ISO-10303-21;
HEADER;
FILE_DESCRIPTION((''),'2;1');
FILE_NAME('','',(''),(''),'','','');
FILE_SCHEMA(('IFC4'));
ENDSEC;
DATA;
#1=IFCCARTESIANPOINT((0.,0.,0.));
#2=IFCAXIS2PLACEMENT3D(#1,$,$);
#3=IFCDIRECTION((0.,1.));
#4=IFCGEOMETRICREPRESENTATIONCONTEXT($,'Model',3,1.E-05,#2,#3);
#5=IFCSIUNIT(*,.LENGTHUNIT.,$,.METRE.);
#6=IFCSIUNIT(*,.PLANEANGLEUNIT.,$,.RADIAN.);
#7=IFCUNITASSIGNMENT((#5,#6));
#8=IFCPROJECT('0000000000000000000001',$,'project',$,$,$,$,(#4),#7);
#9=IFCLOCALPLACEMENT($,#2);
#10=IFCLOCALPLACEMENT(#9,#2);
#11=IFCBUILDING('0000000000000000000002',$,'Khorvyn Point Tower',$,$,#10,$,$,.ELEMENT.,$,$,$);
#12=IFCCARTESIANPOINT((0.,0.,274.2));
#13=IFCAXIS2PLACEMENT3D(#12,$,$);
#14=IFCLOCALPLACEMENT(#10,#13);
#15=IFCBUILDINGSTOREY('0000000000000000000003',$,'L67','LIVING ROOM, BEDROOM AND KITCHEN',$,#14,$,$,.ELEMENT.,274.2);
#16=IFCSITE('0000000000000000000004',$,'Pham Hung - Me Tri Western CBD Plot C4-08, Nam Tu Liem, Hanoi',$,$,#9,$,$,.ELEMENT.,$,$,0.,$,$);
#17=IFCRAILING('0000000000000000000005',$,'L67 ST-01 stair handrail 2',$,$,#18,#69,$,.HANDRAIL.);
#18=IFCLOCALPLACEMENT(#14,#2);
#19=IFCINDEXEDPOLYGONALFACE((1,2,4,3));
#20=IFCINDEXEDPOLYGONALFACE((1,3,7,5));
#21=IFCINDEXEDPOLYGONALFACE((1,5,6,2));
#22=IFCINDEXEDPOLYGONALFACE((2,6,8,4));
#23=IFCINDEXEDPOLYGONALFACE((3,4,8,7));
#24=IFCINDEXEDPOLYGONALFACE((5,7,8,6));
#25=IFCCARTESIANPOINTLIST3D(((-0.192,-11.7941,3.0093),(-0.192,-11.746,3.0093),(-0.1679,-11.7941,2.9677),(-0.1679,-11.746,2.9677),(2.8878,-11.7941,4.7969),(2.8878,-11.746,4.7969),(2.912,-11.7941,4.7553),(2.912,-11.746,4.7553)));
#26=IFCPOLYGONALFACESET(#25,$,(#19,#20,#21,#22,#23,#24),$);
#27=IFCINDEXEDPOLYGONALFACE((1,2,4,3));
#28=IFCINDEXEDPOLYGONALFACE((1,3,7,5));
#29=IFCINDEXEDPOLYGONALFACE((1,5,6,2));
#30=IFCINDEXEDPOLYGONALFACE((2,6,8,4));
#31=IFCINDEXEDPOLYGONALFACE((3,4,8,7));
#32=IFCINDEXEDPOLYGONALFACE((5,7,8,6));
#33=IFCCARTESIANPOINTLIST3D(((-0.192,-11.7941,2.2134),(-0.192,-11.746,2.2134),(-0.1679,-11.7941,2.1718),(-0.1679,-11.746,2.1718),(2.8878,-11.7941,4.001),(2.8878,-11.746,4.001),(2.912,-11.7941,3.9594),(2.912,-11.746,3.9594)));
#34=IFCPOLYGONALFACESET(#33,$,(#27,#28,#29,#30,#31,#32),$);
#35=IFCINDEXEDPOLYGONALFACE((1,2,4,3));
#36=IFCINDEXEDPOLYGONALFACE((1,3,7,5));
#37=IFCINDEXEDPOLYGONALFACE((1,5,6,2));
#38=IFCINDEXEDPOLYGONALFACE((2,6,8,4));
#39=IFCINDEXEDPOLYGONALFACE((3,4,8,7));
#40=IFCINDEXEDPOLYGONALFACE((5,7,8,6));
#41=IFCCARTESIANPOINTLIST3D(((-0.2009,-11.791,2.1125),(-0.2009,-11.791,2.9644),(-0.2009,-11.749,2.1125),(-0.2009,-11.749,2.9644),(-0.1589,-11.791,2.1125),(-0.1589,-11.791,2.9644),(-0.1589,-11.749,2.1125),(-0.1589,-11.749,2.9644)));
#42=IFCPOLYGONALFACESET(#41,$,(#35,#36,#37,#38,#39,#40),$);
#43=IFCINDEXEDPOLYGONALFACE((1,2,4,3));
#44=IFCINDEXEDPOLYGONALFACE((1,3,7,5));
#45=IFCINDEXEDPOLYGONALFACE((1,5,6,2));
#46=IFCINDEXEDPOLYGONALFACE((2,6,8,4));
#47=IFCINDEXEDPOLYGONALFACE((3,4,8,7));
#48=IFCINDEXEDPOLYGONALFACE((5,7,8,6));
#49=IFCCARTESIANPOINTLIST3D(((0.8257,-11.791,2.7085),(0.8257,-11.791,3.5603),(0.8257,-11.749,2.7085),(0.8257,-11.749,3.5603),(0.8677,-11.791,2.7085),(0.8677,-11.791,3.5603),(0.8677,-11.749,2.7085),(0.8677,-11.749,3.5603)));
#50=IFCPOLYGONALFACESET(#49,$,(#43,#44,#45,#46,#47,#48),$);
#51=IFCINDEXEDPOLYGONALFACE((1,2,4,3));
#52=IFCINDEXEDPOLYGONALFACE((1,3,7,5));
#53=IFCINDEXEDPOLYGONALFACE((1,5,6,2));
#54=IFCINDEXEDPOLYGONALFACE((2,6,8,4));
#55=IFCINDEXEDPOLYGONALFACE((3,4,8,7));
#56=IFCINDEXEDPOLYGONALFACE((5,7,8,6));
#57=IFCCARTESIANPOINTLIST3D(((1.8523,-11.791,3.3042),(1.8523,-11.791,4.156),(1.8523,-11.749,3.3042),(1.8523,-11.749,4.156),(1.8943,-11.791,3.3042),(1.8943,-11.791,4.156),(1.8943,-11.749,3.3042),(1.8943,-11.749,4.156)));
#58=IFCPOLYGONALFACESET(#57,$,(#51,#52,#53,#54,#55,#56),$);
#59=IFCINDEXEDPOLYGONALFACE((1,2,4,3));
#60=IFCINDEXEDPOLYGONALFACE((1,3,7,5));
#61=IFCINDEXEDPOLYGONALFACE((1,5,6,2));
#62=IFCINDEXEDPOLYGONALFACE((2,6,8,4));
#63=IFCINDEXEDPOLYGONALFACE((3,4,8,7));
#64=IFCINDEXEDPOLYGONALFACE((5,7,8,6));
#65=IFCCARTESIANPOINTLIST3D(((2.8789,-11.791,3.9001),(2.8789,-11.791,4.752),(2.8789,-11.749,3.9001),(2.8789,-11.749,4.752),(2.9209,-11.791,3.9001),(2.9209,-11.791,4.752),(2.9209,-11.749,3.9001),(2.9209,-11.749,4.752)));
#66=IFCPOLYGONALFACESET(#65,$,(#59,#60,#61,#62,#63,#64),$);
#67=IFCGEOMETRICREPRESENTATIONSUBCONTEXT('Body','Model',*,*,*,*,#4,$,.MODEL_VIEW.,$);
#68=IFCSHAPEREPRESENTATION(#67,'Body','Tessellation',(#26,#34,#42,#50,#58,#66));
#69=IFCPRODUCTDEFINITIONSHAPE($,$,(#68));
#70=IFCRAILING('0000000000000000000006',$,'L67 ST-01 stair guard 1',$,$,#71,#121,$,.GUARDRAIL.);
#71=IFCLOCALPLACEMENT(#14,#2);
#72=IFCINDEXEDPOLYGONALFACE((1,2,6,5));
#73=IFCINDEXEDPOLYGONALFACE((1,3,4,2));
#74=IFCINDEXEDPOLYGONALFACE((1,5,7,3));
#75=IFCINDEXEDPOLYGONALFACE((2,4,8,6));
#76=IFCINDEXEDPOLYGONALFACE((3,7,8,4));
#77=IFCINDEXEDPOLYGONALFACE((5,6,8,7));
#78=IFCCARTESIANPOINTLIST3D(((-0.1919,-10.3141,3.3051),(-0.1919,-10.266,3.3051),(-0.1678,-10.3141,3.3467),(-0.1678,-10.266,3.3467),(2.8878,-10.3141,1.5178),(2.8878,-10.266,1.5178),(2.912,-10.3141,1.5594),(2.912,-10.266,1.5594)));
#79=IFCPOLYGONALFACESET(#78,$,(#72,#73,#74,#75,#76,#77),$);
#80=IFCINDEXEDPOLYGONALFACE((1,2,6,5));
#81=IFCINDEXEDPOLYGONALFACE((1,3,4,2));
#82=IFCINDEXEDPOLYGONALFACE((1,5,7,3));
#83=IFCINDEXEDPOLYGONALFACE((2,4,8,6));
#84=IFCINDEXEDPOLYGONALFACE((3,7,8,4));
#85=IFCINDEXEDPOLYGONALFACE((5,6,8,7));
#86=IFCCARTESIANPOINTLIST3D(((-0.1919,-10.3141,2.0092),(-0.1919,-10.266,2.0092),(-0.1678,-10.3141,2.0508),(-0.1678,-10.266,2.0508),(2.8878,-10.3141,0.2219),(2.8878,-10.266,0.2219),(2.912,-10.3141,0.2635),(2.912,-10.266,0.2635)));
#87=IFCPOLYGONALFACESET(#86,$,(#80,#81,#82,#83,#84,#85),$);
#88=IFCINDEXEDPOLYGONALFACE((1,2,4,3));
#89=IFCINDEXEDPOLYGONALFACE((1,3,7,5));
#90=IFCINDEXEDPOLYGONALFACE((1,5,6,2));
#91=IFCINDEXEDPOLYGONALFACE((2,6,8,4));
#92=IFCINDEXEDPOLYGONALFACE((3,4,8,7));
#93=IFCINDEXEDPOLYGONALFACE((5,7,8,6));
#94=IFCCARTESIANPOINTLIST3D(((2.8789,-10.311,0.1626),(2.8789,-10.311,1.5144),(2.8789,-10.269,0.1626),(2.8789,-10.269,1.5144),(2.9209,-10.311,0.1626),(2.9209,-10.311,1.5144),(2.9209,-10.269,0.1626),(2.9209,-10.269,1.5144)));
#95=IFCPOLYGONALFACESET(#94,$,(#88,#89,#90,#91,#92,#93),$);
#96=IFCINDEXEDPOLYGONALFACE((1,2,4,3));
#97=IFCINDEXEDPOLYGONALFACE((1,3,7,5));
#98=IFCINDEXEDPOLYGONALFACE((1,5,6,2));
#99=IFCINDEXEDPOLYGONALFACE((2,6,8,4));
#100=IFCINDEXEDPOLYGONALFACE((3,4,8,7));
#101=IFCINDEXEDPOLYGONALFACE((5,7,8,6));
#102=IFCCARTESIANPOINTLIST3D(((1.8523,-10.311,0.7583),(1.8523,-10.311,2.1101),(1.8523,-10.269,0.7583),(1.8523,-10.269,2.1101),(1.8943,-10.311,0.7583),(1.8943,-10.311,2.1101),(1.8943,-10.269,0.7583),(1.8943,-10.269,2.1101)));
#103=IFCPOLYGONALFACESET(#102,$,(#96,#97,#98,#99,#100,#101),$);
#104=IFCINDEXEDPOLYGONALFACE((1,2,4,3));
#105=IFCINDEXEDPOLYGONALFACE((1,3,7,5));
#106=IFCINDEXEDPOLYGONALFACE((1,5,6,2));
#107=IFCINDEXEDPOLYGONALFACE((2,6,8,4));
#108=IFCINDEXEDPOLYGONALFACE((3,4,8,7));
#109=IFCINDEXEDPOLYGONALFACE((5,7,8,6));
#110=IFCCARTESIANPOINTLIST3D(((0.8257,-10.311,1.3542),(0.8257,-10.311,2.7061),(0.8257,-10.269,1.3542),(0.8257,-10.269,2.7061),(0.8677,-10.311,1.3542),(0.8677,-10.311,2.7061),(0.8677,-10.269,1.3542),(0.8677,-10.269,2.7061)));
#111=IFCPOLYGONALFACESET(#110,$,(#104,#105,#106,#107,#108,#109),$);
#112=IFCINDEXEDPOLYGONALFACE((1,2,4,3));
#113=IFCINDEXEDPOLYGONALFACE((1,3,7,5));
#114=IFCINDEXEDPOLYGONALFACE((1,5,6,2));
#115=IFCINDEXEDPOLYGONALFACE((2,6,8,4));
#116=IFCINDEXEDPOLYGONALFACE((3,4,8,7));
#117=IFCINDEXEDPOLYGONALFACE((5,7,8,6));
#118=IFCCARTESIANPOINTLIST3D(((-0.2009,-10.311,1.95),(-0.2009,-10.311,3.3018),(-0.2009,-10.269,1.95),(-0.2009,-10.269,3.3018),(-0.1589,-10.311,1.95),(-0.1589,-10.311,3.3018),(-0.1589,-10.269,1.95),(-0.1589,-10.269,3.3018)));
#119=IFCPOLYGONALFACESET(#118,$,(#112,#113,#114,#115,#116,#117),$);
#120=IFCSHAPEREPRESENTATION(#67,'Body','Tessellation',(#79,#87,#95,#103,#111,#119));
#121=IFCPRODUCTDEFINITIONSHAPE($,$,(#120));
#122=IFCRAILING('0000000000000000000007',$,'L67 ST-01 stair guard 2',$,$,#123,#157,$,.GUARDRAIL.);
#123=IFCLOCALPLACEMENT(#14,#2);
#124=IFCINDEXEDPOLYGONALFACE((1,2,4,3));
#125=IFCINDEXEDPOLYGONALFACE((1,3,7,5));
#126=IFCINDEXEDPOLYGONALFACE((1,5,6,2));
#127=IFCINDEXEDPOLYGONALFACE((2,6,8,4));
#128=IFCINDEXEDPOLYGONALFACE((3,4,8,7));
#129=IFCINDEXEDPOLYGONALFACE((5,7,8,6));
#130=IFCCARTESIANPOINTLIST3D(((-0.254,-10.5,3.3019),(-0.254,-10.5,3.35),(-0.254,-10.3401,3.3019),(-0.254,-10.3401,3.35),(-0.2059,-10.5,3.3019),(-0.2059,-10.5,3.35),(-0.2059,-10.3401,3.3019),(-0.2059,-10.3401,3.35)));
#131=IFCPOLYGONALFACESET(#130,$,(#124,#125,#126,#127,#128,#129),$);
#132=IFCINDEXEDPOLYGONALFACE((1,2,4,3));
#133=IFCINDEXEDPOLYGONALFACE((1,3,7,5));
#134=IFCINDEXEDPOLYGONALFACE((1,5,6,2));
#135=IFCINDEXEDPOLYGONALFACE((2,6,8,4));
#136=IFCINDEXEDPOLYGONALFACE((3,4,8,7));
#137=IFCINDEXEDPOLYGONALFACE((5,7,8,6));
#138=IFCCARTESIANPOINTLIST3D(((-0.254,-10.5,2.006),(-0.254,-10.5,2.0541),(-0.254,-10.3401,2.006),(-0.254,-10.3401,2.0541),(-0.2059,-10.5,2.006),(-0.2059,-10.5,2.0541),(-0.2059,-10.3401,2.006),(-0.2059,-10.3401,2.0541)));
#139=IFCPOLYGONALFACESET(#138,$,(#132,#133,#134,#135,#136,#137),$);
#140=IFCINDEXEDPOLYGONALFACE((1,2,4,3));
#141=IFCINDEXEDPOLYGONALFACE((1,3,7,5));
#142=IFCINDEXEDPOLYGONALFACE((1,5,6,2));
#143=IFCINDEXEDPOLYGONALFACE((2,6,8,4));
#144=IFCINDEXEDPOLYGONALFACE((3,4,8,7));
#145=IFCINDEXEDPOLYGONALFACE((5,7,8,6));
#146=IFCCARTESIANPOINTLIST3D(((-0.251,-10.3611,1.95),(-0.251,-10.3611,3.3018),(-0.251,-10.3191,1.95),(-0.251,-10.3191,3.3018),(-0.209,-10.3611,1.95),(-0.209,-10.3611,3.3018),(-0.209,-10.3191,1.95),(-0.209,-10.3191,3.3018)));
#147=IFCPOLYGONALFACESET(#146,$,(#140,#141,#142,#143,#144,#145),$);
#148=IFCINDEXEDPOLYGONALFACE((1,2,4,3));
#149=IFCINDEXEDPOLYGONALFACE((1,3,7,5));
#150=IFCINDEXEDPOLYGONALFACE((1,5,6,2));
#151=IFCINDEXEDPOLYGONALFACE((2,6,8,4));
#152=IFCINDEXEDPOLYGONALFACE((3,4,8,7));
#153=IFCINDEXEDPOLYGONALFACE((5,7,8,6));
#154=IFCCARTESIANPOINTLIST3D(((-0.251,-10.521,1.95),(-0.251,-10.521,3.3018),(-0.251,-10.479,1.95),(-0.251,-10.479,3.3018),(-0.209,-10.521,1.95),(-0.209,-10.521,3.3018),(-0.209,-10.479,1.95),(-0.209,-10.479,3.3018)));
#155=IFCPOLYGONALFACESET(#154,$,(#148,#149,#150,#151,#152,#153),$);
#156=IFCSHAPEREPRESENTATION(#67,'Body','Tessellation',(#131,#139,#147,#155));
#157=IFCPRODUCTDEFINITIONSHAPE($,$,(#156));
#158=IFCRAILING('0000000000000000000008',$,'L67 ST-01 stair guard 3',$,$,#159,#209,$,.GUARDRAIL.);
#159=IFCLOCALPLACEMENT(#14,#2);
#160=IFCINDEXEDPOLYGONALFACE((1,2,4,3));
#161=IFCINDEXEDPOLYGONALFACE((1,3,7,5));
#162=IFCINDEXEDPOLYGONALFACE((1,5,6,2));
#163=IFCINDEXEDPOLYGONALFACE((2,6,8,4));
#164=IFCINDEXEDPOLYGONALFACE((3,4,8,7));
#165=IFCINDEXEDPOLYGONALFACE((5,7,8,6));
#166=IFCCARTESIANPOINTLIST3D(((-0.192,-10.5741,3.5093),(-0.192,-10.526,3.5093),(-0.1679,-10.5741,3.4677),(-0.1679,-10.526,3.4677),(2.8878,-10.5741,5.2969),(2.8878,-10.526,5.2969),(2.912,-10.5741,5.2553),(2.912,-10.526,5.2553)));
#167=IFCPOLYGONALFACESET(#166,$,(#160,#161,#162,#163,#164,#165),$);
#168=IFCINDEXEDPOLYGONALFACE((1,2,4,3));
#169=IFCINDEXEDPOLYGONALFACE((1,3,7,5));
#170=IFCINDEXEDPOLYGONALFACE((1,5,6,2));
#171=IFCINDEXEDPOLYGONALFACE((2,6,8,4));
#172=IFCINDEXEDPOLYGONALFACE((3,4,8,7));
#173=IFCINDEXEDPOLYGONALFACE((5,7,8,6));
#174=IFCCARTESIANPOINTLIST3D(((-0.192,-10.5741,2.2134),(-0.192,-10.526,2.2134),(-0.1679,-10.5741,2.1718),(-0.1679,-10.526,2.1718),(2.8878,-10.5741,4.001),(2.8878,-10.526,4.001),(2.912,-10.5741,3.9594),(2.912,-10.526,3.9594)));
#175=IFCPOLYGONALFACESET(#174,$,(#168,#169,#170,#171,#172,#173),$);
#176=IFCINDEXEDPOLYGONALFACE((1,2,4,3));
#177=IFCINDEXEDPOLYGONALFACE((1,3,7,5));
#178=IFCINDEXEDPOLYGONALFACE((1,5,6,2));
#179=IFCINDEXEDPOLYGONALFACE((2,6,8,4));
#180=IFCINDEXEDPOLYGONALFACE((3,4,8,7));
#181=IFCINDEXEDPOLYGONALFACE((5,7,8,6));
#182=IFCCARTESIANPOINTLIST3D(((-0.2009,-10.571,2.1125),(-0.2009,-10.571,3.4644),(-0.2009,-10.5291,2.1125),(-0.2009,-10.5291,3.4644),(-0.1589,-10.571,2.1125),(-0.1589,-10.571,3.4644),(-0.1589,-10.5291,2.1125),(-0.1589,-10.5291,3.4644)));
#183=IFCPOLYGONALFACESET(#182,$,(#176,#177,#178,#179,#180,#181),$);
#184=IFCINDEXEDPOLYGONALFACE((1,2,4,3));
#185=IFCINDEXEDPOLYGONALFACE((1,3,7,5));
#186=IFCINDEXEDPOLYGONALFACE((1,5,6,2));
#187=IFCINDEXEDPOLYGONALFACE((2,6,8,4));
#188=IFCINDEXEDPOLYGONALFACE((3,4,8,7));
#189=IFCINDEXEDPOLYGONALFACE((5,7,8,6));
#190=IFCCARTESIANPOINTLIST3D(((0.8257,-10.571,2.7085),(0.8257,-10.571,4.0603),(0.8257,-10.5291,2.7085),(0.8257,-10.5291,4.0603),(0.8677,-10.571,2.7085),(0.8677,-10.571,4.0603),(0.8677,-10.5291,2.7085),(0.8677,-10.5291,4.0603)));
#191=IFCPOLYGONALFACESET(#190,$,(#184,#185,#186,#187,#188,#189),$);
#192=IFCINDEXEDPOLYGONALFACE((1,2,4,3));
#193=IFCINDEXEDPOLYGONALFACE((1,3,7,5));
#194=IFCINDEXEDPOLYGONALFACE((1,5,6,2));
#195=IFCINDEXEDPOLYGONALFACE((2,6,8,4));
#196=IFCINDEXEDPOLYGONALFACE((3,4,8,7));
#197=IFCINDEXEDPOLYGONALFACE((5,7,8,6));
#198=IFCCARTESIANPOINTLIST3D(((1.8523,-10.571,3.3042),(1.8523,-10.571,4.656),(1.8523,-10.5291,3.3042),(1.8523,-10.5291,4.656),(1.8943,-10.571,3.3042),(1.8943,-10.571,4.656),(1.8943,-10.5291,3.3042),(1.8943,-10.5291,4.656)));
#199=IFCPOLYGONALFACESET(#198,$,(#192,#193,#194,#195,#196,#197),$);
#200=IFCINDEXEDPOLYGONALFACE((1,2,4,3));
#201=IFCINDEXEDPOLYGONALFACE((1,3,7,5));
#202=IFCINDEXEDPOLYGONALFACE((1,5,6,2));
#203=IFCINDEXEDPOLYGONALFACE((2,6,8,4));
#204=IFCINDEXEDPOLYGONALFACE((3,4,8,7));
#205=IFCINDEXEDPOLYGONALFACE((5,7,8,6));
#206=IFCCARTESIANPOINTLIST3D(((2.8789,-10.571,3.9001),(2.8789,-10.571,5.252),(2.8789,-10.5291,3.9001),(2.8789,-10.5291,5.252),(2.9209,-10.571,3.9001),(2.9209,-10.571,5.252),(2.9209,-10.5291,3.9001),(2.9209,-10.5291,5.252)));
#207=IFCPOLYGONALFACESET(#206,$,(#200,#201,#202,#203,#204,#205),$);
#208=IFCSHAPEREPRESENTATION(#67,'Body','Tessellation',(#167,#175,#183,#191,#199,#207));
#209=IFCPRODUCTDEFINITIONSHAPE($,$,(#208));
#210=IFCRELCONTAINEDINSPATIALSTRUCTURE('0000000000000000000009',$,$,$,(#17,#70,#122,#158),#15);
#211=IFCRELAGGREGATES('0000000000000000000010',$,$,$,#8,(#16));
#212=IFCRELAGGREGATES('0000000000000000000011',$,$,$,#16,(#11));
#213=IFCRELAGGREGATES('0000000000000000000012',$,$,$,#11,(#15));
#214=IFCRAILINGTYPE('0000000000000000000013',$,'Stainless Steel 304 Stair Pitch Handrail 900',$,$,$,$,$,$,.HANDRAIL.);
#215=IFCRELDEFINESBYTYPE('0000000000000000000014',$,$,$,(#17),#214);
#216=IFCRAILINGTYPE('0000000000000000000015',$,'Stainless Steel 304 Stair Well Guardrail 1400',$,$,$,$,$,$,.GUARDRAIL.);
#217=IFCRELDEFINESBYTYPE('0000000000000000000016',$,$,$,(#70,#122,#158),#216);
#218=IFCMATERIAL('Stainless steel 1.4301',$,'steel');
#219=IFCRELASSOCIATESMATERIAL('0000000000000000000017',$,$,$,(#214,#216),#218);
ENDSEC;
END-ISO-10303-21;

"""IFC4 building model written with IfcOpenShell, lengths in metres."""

from ifc_helpers import new_model, si_unit, direction, frame, origin, origin_2d, place, context, subcontext, project, spatial, rectangle, extrude, material, type_object, element, save


model = new_model("IFC4")

# Units and contexts
model_context = context("Model", 3, precision=1e-05, world=origin(), true_north=direction((0.0, 1.0)))
body_context = subcontext(model_context, "Body", "Model", "MODEL_VIEW")
ifc_project = project(units=[si_unit("LENGTHUNIT", "METRE"), si_unit("PLANEANGLEUNIT", "RADIAN")], contexts=[model_context])

# Site, building, storey
site_placement = place(None, origin())
site = spatial("IfcSite", under=ifc_project, at=site_placement, Name="Pham Hung - Me Tri Western CBD Plot C4-08, Nam Tu Liem, Hanoi", CompositionType="ELEMENT", RefElevation=0.0)
building_placement = place(site_placement, origin())
building = spatial("IfcBuilding", under=site, at=building_placement, Name="Khorvyn Point Tower", CompositionType="ELEMENT")
storey_placement = place(building_placement, frame((0.0, 0.0, 274.2)))
storey = spatial("IfcBuildingStorey", under=building, at=storey_placement, Name="L67", Description="LIVING ROOM, BEDROOM AND KITCHEN", CompositionType="ELEMENT", Elevation=274.2)

# Shared definitions
ifc_material_1 = material(Name="Stainless steel 1.4301", Category="steel")

# Railings
railing_type_1 = type_object("IfcRailingType", Name="Stainless Steel 304 Stair Pitch Handrail 900", PredefinedType="HANDRAIL", material=ifc_material_1)
railing_1_placement = place(storey_placement, frame((-0.1799, -11.77, 2.1125)))
element("IfcRailing", 1, at=railing_1_placement, inside=storey, type_object=railing_type_1, Name="L67 ST-01 stair handrail 2", PredefinedType="HANDRAIL", context=body_context, shape_type="SweptSolid", body=[
    extrude(rectangle(XDim=0.0481, YDim=0.0481, at=origin_2d()), frame((0.0, 0.0, 0.876), z_axis=(0.864873, 0.0, 0.50199), x_axis=(0.0, 1.0, 0.0)), (0.0, 0.0, 1.0), 3.561),
    extrude(rectangle(XDim=0.0481, YDim=0.0481, at=origin_2d()), frame((0.0, 0.0, 0.0801), z_axis=(0.864873, 0.0, 0.50199), x_axis=(0.0, 1.0, 0.0)), (0.0, 0.0, 1.0), 3.561),
    extrude(rectangle(XDim=0.042, YDim=0.042, at=origin_2d()), origin(), (0.0, 0.0, 1.0), 0.8518),
    extrude(rectangle(XDim=0.042, YDim=0.042, at=origin_2d()), frame((1.0266, 0.0, 0.5959)), (0.0, 0.0, 1.0), 0.8518),
    extrude(rectangle(XDim=0.042, YDim=0.042, at=origin_2d()), frame((2.0532, 0.0, 1.1917)), (0.0, 0.0, 1.0), 0.8518),
    extrude(rectangle(XDim=0.042, YDim=0.042, at=origin_2d()), frame((3.0798, 0.0, 1.7876)), (0.0, 0.0, 1.0), 0.8518),
])
railing_type_2 = type_object("IfcRailingType", Name="Stainless Steel 304 Stair Well Guardrail 1400", PredefinedType="GUARDRAIL", material=ifc_material_1)
railing_2_placement = place(storey_placement, frame((2.8999, -10.29, 0.1626)))
element("IfcRailing", 2, at=railing_2_placement, inside=storey, type_object=railing_type_2, Name="L67 ST-01 stair guard 1", PredefinedType="GUARDRAIL", context=body_context, shape_type="SweptSolid", body=[
    extrude(rectangle(XDim=0.0481, YDim=0.0481, at=origin_2d()), frame((0.0, 0.0, 1.376), z_axis=(-0.864903, 0.0, 0.501939), x_axis=(0.0, -1.0, 0.0)), (0.0, 0.0, 1.0), 3.5608),
    extrude(rectangle(XDim=0.0481, YDim=0.0481, at=origin_2d()), frame((0.0, 0.0, 0.0801), z_axis=(-0.864903, 0.0, 0.501939), x_axis=(0.0, -1.0, 0.0)), (0.0, 0.0, 1.0), 3.5608),
    extrude(rectangle(XDim=0.042, YDim=0.042, at=origin_2d()), origin(), (0.0, 0.0, 1.0), 1.3518),
    extrude(rectangle(XDim=0.042, YDim=0.042, at=origin_2d()), frame((-1.0266, 0.0, 0.5957)), (0.0, 0.0, 1.0), 1.3518),
    extrude(rectangle(XDim=0.042, YDim=0.042, at=origin_2d()), frame((-2.0532, 0.0, 1.1917)), (0.0, 0.0, 1.0), 1.3518),
    extrude(rectangle(XDim=0.042, YDim=0.042, at=origin_2d()), frame((-3.0798, 0.0, 1.7874)), (0.0, 0.0, 1.0), 1.3518),
])
railing_3_placement = place(storey_placement, frame((-0.23, -10.3401, 1.95)))
element("IfcRailing", 3, at=railing_3_placement, inside=storey, type_object=railing_type_2, Name="L67 ST-01 stair guard 2", PredefinedType="GUARDRAIL", context=body_context, shape_type="SweptSolid", body=[
    extrude(rectangle(XDim=0.0481, YDim=0.0481, at=origin_2d()), frame((0.0, 0.0, 1.376), z_axis=(0.0, -1.0, 0.0), x_axis=(1.0, 0.0, 0.0)), (0.0, 0.0, 1.0), 0.1599),
    extrude(rectangle(XDim=0.0481, YDim=0.0481, at=origin_2d()), frame((0.0, 0.0, 0.0801), z_axis=(0.0, -1.0, 0.0), x_axis=(1.0, 0.0, 0.0)), (0.0, 0.0, 1.0), 0.1599),
    extrude(rectangle(XDim=0.042, YDim=0.042, at=origin_2d()), origin(), (0.0, 0.0, 1.0), 1.3518),
    extrude(rectangle(XDim=0.042, YDim=0.042, at=origin_2d()), frame((0.0, -0.1599, 0.0)), (0.0, 0.0, 1.0), 1.3518),
])
railing_4_placement = place(storey_placement, frame((-0.1799, -10.55, 2.1125)))
element("IfcRailing", 4, at=railing_4_placement, inside=storey, type_object=railing_type_2, Name="L67 ST-01 stair guard 3", PredefinedType="GUARDRAIL", context=body_context, shape_type="SweptSolid", body=[
    extrude(rectangle(XDim=0.0481, YDim=0.0481, at=origin_2d()), frame((0.0, 0.0, 1.376), z_axis=(0.864873, 0.0, 0.50199), x_axis=(0.0, 1.0, 0.0)), (0.0, 0.0, 1.0), 3.561),
    extrude(rectangle(XDim=0.0481, YDim=0.0481, at=origin_2d()), frame((0.0, 0.0, 0.0801), z_axis=(0.864873, 0.0, 0.50199), x_axis=(0.0, 1.0, 0.0)), (0.0, 0.0, 1.0), 3.561),
    extrude(rectangle(XDim=0.042, YDim=0.042, at=origin_2d()), origin(), (0.0, 0.0, 1.0), 1.3518),
    extrude(rectangle(XDim=0.042, YDim=0.042, at=origin_2d()), frame((1.0266, 0.0, 0.5959)), (0.0, 0.0, 1.0), 1.3518),
    extrude(rectangle(XDim=0.042, YDim=0.042, at=origin_2d()), frame((2.0532, 0.0, 1.1917)), (0.0, 0.0, 1.0), 1.3518),
    extrude(rectangle(XDim=0.042, YDim=0.042, at=origin_2d()), frame((3.0798, 0.0, 1.7876)), (0.0, 0.0, 1.0), 1.3518),
])

save(model, "model.ifc")
